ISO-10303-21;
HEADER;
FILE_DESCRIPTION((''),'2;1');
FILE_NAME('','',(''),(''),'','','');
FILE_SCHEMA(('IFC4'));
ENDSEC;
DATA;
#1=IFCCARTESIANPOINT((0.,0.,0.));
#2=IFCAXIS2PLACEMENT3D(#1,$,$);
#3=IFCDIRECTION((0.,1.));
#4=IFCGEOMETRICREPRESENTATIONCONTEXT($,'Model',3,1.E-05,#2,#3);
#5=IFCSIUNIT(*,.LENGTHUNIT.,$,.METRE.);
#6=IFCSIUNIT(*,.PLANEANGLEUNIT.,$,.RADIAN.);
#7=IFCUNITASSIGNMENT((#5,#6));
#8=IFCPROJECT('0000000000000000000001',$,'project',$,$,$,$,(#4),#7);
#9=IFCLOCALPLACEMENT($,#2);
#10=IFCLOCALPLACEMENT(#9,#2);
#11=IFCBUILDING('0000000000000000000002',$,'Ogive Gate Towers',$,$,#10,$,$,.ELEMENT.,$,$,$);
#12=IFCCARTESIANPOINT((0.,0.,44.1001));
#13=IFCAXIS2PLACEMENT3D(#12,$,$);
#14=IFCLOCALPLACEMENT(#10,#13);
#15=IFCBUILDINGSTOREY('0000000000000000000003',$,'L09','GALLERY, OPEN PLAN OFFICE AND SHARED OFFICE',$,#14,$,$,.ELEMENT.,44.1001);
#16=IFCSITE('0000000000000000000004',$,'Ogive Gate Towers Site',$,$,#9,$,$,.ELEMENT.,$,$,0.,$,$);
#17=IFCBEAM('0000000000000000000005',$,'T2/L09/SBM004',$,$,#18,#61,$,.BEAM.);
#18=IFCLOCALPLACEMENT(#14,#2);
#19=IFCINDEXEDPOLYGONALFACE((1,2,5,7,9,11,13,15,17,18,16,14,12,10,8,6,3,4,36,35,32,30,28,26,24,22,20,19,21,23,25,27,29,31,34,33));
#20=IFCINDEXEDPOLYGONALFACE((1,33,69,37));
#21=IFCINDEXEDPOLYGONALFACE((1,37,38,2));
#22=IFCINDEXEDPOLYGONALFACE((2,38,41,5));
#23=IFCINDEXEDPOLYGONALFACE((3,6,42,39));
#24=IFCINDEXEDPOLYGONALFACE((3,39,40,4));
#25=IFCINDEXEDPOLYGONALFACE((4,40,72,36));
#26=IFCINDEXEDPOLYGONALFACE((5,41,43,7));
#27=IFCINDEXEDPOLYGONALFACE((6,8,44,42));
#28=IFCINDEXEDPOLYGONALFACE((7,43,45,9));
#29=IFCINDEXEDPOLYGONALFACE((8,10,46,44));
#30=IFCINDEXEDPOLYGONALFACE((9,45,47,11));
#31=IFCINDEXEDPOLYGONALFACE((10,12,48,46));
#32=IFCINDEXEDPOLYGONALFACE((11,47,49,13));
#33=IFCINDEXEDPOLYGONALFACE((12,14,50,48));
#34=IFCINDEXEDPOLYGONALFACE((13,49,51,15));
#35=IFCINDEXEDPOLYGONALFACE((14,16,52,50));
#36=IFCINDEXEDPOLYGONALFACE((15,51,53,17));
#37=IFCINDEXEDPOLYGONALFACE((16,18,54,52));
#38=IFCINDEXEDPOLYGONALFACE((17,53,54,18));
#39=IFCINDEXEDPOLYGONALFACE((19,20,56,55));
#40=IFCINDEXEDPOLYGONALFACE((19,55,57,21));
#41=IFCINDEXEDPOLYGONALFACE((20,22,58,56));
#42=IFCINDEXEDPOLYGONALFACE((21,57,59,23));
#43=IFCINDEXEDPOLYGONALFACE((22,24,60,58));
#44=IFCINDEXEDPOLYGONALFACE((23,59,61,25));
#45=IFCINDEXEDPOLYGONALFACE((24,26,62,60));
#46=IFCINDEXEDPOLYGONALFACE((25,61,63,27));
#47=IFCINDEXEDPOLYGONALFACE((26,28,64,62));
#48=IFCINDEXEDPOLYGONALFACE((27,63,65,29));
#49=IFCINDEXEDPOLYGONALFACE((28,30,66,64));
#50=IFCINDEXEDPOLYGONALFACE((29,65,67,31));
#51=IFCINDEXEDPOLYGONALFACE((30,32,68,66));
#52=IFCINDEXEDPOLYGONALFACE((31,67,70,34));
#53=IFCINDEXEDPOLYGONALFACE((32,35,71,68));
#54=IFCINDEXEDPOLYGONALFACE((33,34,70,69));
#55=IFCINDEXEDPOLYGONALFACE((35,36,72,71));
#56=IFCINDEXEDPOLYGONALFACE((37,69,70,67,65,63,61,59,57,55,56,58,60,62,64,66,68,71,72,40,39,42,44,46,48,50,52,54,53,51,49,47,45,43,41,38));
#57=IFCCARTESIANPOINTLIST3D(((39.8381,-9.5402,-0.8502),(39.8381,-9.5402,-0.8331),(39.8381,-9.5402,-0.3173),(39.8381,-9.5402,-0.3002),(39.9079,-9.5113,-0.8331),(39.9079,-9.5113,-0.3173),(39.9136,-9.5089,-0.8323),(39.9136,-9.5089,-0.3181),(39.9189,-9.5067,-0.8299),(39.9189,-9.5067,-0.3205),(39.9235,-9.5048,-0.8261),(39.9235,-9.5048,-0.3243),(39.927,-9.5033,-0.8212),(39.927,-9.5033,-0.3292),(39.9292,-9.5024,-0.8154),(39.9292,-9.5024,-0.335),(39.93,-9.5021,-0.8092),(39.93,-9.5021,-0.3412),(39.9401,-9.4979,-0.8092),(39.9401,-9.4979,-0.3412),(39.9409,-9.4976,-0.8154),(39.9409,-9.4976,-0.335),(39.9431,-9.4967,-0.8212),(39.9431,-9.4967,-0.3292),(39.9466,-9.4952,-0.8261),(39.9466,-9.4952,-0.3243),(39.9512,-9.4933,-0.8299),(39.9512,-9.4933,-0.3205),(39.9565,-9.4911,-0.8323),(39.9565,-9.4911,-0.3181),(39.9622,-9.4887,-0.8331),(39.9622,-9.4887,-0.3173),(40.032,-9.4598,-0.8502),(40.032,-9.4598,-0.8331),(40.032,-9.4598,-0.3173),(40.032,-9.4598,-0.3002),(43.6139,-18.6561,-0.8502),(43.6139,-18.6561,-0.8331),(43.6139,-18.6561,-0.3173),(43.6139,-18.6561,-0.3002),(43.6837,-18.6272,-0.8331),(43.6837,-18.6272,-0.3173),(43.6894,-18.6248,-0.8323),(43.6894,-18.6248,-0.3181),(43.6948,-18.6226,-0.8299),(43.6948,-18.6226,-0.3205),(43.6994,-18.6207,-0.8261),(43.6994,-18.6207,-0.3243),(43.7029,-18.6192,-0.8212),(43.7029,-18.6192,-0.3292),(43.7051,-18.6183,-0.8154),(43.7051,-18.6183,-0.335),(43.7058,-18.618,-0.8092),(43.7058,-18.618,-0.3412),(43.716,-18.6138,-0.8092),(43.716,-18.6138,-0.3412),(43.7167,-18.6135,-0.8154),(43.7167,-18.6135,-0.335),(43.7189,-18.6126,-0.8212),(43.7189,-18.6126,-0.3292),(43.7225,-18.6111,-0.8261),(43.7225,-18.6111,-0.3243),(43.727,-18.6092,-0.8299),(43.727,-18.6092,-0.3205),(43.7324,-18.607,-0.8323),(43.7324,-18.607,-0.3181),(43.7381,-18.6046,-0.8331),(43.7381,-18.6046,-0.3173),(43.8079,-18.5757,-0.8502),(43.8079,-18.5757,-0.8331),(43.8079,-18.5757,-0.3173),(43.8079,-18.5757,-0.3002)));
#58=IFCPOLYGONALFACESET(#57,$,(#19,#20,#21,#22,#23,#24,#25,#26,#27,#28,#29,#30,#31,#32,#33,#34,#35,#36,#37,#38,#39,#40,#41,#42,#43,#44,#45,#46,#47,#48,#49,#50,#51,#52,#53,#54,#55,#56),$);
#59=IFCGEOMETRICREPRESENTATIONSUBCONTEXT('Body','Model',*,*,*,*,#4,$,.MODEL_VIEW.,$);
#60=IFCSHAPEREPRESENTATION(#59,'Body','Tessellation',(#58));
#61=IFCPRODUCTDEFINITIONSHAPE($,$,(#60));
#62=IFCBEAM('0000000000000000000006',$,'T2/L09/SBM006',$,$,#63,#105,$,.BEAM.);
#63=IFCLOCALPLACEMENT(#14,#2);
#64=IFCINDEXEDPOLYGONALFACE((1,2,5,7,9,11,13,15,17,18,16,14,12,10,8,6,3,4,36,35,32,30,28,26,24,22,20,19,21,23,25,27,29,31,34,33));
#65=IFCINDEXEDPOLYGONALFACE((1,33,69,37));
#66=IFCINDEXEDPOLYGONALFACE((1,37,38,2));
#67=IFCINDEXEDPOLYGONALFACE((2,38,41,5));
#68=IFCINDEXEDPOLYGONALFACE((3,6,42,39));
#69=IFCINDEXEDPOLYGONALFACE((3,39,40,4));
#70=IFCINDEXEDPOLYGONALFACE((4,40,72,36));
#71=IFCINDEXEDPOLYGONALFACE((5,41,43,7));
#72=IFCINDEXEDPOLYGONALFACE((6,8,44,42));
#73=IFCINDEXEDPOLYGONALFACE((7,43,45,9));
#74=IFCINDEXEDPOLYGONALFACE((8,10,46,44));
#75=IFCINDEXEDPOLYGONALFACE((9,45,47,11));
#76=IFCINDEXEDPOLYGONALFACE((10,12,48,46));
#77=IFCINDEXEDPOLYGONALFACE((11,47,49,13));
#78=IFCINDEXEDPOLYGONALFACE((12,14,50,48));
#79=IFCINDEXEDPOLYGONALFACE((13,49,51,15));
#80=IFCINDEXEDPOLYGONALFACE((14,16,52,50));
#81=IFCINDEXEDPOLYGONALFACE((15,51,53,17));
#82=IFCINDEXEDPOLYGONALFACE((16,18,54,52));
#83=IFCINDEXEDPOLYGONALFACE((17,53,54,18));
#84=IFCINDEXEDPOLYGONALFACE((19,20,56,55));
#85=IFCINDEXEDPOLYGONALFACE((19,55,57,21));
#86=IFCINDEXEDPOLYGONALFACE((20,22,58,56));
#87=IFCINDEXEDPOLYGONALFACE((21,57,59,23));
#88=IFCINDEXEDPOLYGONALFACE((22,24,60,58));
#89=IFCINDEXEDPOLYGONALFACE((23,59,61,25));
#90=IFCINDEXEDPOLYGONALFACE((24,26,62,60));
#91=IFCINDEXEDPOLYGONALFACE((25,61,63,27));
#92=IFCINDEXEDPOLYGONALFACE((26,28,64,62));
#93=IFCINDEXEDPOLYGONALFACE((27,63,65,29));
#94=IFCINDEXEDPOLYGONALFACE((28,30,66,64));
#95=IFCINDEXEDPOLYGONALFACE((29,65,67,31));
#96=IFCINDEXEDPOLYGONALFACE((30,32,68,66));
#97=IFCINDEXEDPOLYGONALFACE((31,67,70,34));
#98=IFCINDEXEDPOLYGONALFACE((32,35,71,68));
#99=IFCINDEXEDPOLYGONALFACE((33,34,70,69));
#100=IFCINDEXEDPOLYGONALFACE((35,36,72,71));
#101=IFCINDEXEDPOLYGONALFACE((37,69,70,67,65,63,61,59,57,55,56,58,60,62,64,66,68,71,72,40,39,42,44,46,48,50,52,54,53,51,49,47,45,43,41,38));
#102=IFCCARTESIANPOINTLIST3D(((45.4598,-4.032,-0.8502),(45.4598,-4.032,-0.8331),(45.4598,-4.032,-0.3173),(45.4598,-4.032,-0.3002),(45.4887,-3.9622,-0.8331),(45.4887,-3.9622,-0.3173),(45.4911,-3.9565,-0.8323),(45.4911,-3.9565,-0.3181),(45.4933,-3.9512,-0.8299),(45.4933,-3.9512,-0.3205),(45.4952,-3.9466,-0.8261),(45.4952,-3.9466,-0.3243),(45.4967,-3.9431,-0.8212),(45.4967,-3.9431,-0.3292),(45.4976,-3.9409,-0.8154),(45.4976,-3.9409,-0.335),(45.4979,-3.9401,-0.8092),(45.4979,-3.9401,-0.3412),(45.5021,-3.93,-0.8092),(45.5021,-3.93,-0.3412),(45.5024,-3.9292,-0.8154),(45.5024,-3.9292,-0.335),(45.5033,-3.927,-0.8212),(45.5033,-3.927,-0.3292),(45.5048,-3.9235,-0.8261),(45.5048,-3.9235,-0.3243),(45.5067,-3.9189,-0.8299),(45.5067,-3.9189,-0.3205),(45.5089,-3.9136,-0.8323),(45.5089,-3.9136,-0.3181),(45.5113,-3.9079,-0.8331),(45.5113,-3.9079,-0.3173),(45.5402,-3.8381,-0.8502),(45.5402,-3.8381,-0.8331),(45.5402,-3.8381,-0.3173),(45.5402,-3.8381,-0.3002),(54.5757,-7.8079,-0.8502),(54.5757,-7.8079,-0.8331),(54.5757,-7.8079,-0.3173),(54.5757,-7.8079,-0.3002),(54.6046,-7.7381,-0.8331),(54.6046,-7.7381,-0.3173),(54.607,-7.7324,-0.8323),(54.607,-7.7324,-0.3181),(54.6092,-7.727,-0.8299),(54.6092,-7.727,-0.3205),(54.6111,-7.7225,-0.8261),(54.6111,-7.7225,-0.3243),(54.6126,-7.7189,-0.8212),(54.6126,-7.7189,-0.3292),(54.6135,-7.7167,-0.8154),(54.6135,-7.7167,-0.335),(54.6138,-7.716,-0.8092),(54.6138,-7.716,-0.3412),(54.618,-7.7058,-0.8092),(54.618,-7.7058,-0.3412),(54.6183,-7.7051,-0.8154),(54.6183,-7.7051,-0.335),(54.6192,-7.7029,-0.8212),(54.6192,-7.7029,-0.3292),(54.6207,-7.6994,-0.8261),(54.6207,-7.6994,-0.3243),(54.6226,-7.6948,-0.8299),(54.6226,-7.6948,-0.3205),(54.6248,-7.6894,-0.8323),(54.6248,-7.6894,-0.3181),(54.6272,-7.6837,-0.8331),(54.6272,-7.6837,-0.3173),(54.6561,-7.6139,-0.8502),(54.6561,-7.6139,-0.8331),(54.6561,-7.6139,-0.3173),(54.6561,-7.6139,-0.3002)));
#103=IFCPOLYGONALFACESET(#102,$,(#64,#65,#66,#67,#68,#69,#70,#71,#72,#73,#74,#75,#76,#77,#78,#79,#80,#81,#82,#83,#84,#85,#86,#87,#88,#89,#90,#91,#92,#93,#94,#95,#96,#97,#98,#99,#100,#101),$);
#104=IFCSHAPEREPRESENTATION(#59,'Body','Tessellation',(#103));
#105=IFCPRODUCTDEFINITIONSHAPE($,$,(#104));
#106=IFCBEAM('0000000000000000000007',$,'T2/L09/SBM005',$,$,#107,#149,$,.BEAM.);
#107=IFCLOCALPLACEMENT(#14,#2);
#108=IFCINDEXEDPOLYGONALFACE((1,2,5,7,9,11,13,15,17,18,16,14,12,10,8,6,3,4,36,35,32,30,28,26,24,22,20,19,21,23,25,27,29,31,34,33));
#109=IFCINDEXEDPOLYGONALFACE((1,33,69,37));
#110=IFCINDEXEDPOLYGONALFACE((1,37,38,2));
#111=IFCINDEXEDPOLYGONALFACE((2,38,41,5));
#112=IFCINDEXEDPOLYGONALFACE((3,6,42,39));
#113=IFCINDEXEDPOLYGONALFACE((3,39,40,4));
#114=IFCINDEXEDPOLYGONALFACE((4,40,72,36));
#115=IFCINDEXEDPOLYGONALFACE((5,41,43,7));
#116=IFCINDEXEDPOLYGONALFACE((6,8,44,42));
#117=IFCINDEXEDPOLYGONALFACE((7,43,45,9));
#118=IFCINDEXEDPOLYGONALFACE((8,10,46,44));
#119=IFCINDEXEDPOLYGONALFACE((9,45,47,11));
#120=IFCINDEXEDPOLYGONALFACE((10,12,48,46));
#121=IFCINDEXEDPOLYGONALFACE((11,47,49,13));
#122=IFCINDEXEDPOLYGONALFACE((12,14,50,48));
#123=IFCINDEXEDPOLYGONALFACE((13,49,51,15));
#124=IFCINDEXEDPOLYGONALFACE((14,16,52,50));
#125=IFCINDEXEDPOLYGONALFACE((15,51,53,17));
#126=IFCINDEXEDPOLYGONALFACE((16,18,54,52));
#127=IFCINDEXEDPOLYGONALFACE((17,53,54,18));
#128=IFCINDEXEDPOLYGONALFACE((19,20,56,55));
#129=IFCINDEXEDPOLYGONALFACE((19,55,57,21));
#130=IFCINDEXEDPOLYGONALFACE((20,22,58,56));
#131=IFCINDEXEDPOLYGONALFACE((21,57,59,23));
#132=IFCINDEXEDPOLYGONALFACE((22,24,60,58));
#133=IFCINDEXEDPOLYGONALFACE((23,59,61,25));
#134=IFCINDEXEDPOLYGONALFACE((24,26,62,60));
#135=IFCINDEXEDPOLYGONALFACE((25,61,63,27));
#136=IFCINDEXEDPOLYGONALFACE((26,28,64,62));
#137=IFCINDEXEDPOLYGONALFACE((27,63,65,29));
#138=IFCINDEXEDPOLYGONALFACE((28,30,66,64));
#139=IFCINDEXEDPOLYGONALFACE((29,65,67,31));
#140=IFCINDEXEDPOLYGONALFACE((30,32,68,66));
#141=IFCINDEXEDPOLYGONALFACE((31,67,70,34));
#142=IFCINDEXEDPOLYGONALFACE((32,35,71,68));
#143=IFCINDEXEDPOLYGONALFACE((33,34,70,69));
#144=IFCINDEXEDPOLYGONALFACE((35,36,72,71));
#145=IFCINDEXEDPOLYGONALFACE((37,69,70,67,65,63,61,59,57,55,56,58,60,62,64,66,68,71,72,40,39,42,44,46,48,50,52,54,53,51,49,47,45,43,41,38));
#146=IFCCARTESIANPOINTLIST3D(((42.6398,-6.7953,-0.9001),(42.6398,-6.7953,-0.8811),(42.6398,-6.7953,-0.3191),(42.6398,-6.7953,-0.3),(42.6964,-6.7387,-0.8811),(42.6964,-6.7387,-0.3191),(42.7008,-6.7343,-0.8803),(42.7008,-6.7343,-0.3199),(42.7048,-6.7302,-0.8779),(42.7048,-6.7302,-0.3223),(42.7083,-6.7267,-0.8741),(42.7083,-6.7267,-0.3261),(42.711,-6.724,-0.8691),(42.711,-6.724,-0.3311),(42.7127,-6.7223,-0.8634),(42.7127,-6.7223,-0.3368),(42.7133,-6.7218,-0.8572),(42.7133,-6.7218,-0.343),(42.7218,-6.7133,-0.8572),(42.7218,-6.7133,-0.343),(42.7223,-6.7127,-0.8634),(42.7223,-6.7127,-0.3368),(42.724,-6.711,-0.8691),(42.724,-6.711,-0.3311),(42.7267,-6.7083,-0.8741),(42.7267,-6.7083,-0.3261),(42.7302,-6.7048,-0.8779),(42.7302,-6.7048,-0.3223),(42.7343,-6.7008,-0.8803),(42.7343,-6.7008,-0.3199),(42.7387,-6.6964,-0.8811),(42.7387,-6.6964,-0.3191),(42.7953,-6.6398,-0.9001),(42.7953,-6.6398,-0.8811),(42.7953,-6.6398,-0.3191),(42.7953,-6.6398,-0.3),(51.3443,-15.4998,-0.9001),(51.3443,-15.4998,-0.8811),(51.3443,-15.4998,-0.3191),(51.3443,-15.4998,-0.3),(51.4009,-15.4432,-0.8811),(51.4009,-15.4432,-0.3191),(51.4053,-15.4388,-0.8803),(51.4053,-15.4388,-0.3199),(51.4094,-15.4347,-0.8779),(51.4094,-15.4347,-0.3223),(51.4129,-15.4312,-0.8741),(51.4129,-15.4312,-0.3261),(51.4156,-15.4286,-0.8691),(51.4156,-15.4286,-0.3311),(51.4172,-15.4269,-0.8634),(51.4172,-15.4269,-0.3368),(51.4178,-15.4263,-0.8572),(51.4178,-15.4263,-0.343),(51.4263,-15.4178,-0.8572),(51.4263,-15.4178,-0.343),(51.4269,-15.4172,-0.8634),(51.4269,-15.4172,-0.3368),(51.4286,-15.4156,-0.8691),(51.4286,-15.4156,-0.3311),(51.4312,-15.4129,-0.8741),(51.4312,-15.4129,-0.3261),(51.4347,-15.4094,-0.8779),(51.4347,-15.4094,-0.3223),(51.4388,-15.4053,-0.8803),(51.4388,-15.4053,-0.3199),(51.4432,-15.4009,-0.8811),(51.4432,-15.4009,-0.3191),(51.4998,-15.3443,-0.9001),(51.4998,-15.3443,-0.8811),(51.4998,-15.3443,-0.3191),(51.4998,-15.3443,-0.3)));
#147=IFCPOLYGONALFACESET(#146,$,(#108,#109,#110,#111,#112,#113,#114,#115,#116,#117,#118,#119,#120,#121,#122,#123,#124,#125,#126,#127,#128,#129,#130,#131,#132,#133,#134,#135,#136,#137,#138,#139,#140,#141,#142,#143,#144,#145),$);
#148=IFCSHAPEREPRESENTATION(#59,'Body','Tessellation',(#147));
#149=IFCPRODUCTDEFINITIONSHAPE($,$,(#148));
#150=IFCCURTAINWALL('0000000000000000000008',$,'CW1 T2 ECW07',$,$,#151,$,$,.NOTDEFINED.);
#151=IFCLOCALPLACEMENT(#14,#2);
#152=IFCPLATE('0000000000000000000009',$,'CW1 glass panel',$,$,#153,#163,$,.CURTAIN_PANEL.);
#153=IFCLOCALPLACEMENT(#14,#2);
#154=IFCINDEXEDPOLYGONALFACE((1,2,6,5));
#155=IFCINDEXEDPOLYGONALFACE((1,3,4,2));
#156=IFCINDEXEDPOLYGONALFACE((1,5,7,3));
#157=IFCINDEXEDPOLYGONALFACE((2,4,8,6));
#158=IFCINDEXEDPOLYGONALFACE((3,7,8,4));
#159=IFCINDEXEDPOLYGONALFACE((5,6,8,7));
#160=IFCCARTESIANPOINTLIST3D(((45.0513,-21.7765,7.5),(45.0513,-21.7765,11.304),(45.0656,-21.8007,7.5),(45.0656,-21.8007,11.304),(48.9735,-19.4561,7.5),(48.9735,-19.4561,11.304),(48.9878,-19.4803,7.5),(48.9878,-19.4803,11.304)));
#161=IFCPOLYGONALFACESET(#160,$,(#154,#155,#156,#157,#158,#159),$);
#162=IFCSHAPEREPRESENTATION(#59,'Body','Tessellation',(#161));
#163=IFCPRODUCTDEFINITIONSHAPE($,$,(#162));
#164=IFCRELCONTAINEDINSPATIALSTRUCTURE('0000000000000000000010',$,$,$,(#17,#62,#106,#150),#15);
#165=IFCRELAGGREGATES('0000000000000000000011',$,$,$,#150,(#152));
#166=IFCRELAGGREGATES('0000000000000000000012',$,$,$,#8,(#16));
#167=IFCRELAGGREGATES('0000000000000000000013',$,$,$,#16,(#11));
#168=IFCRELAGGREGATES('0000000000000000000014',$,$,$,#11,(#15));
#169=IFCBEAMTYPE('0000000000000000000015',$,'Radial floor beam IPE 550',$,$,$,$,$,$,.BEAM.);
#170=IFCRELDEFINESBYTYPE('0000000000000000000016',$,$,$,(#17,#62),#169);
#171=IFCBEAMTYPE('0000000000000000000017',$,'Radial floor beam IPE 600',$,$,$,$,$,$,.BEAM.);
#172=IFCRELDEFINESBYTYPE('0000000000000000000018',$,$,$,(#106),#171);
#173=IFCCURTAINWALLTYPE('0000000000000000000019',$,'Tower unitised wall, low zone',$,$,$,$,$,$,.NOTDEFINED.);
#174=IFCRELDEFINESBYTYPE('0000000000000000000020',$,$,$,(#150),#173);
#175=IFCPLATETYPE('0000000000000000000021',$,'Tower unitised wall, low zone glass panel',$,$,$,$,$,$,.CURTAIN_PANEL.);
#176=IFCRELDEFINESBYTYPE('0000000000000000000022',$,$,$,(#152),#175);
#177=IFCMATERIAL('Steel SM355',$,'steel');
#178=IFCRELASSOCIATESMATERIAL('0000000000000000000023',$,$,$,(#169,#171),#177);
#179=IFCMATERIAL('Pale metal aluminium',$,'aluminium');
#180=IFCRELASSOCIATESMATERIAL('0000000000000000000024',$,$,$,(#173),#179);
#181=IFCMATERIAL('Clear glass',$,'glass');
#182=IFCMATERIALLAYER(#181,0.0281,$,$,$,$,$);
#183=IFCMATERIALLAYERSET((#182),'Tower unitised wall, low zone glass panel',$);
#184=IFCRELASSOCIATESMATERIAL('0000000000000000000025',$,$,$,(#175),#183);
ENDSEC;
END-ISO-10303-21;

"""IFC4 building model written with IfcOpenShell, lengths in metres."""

from ifc_helpers import new_model, si_unit, direction, frame, origin, origin_2d, place, context, subcontext, project, spatial, rectangle, i_section, extrude, material, layer, layer_set, material_profile, profile_set, type_object, element, aggregate, save


model = new_model("IFC4")

# Units and contexts
model_context = context("Model", 3, precision=1e-05, world=origin(), true_north=direction((0.0, 1.0)))
body_context = subcontext(model_context, "Body", "Model", "MODEL_VIEW")
ifc_project = project(units=[si_unit("LENGTHUNIT", "METRE"), si_unit("PLANEANGLEUNIT", "RADIAN")], contexts=[model_context])

# Site, building, storey
site_placement = place(None, origin())
site = spatial("IfcSite", under=ifc_project, at=site_placement, Name="Ogive Gate Towers Site", CompositionType="ELEMENT", RefElevation=0.0)
building_placement = place(site_placement, origin())
building = spatial("IfcBuilding", under=site, at=building_placement, Name="Ogive Gate Towers", CompositionType="ELEMENT")
storey_placement = place(building_placement, frame((0.0, 0.0, 44.1001)))
storey = spatial("IfcBuildingStorey", under=building, at=storey_placement, Name="L09", Description="GALLERY, OPEN PLAN OFFICE AND SHARED OFFICE", CompositionType="ELEMENT", Elevation=44.1001)

# Beams
ifc_material_1 = material(Name="Steel SM355", Category="steel")
ifc_material_profile_1 = material_profile(ifc_material_1, i_section(OverallWidth=0.21, OverallDepth=0.55, WebThickness=0.011, FlangeThickness=0.0171, FilletRadius=0.0239, at=origin_2d()), Name="IPE 550")
ifc_profile_set_1 = profile_set([ifc_material_profile_1], Name="Steel SM355")
beam_type_1 = type_object("IfcBeamType", Name="Radial floor beam IPE 550", PredefinedType="BEAM", material=ifc_profile_set_1)
for number, where, z_axis, x_axis, name in (
    (1, (39.9351, -9.5, -0.5752), (0.382677, -0.923882, 0.0), (0.923882, 0.382677, 0.0), "T2/L09/SBM004"),
    (2, (45.5, -3.9351, -0.5752), (0.923882, -0.382677, 0.0), (0.382677, 0.923882, 0.0), "T2/L09/SBM006"),
):
    element("IfcBeam", number, at=place(storey_placement, frame(where, z_axis=z_axis, x_axis=x_axis)), inside=storey, type_object=beam_type_1, Name=name, PredefinedType="BEAM", context=body_context, shape_type="SweptSolid", body=[
        extrude(i_section(OverallWidth=0.21, OverallDepth=0.55, WebThickness=0.011, FlangeThickness=0.0171, FilletRadius=0.0239, at=origin_2d()), origin(), (0.0, 0.0, 1.0), 9.8669),
    ])
ifc_material_profile_2 = material_profile(ifc_material_1, i_section(OverallWidth=0.22, OverallDepth=0.6001, WebThickness=0.012, FlangeThickness=0.019, FilletRadius=0.0239, at=origin_2d()), Name="IPE 600")
ifc_profile_set_2 = profile_set([ifc_material_profile_2], Name="Steel SM355")
beam_type_2 = type_object("IfcBeamType", Name="Radial floor beam IPE 600", PredefinedType="BEAM", material=ifc_profile_set_2)
beam_placement = place(storey_placement, frame((42.7175, -6.7175, -0.6001), z_axis=(0.707107, -0.707107, 0.0), x_axis=(0.707107, 0.707107, 0.0)))
element("IfcBeam", 3, at=beam_placement, inside=storey, type_object=beam_type_2, Name="T2/L09/SBM005", PredefinedType="BEAM", context=body_context, shape_type="SweptSolid", body=[
    extrude(i_section(OverallWidth=0.22, OverallDepth=0.6001, WebThickness=0.012, FlangeThickness=0.019, FilletRadius=0.0239, at=origin_2d()), origin(), (0.0, 0.0, 1.0), 12.3101),
])

# Curtain wall, plate
ifc_material_2 = material(Name="Pale metal aluminium", Category="aluminium")
curtain_wall_type = type_object("IfcCurtainWallType", Name="Tower unitised wall, low zone", PredefinedType="NOTDEFINED", material=ifc_material_2)
curtain_wall_placement = place(storey_placement, origin())
curtain_wall = element("IfcCurtainWall", 4, at=curtain_wall_placement, inside=storey, type_object=curtain_wall_type, Name="CW1 T2 ECW07", PredefinedType="NOTDEFINED")
ifc_material_3 = material(Name="Clear glass", Category="glass")
ifc_layer_1 = layer(ifc_material_3, 0.0281)
ifc_layer_set_1 = layer_set([ifc_layer_1], Name="Tower unitised wall, low zone glass panel")
plate_type = type_object("IfcPlateType", Name="Tower unitised wall, low zone glass panel", PredefinedType="CURTAIN_PANEL", material=ifc_layer_set_1)
plate_placement = place(storey_placement, frame((47.0195, -20.6284, 7.5), z_axis=(0.0, 0.0, 1.0), x_axis=(0.860662, 0.509177, 0.0)))
plate = element("IfcPlate", 5, at=plate_placement, type_object=plate_type, Name="CW1 glass panel", PredefinedType="CURTAIN_PANEL", context=body_context, shape_type="SweptSolid", body=[
    extrude(rectangle(XDim=4.5571, YDim=0.0281, at=origin_2d()), origin(), (0.0, 0.0, 1.0), 3.804),
])
aggregate(curtain_wall, [plate])

save(model, "model.ifc")
